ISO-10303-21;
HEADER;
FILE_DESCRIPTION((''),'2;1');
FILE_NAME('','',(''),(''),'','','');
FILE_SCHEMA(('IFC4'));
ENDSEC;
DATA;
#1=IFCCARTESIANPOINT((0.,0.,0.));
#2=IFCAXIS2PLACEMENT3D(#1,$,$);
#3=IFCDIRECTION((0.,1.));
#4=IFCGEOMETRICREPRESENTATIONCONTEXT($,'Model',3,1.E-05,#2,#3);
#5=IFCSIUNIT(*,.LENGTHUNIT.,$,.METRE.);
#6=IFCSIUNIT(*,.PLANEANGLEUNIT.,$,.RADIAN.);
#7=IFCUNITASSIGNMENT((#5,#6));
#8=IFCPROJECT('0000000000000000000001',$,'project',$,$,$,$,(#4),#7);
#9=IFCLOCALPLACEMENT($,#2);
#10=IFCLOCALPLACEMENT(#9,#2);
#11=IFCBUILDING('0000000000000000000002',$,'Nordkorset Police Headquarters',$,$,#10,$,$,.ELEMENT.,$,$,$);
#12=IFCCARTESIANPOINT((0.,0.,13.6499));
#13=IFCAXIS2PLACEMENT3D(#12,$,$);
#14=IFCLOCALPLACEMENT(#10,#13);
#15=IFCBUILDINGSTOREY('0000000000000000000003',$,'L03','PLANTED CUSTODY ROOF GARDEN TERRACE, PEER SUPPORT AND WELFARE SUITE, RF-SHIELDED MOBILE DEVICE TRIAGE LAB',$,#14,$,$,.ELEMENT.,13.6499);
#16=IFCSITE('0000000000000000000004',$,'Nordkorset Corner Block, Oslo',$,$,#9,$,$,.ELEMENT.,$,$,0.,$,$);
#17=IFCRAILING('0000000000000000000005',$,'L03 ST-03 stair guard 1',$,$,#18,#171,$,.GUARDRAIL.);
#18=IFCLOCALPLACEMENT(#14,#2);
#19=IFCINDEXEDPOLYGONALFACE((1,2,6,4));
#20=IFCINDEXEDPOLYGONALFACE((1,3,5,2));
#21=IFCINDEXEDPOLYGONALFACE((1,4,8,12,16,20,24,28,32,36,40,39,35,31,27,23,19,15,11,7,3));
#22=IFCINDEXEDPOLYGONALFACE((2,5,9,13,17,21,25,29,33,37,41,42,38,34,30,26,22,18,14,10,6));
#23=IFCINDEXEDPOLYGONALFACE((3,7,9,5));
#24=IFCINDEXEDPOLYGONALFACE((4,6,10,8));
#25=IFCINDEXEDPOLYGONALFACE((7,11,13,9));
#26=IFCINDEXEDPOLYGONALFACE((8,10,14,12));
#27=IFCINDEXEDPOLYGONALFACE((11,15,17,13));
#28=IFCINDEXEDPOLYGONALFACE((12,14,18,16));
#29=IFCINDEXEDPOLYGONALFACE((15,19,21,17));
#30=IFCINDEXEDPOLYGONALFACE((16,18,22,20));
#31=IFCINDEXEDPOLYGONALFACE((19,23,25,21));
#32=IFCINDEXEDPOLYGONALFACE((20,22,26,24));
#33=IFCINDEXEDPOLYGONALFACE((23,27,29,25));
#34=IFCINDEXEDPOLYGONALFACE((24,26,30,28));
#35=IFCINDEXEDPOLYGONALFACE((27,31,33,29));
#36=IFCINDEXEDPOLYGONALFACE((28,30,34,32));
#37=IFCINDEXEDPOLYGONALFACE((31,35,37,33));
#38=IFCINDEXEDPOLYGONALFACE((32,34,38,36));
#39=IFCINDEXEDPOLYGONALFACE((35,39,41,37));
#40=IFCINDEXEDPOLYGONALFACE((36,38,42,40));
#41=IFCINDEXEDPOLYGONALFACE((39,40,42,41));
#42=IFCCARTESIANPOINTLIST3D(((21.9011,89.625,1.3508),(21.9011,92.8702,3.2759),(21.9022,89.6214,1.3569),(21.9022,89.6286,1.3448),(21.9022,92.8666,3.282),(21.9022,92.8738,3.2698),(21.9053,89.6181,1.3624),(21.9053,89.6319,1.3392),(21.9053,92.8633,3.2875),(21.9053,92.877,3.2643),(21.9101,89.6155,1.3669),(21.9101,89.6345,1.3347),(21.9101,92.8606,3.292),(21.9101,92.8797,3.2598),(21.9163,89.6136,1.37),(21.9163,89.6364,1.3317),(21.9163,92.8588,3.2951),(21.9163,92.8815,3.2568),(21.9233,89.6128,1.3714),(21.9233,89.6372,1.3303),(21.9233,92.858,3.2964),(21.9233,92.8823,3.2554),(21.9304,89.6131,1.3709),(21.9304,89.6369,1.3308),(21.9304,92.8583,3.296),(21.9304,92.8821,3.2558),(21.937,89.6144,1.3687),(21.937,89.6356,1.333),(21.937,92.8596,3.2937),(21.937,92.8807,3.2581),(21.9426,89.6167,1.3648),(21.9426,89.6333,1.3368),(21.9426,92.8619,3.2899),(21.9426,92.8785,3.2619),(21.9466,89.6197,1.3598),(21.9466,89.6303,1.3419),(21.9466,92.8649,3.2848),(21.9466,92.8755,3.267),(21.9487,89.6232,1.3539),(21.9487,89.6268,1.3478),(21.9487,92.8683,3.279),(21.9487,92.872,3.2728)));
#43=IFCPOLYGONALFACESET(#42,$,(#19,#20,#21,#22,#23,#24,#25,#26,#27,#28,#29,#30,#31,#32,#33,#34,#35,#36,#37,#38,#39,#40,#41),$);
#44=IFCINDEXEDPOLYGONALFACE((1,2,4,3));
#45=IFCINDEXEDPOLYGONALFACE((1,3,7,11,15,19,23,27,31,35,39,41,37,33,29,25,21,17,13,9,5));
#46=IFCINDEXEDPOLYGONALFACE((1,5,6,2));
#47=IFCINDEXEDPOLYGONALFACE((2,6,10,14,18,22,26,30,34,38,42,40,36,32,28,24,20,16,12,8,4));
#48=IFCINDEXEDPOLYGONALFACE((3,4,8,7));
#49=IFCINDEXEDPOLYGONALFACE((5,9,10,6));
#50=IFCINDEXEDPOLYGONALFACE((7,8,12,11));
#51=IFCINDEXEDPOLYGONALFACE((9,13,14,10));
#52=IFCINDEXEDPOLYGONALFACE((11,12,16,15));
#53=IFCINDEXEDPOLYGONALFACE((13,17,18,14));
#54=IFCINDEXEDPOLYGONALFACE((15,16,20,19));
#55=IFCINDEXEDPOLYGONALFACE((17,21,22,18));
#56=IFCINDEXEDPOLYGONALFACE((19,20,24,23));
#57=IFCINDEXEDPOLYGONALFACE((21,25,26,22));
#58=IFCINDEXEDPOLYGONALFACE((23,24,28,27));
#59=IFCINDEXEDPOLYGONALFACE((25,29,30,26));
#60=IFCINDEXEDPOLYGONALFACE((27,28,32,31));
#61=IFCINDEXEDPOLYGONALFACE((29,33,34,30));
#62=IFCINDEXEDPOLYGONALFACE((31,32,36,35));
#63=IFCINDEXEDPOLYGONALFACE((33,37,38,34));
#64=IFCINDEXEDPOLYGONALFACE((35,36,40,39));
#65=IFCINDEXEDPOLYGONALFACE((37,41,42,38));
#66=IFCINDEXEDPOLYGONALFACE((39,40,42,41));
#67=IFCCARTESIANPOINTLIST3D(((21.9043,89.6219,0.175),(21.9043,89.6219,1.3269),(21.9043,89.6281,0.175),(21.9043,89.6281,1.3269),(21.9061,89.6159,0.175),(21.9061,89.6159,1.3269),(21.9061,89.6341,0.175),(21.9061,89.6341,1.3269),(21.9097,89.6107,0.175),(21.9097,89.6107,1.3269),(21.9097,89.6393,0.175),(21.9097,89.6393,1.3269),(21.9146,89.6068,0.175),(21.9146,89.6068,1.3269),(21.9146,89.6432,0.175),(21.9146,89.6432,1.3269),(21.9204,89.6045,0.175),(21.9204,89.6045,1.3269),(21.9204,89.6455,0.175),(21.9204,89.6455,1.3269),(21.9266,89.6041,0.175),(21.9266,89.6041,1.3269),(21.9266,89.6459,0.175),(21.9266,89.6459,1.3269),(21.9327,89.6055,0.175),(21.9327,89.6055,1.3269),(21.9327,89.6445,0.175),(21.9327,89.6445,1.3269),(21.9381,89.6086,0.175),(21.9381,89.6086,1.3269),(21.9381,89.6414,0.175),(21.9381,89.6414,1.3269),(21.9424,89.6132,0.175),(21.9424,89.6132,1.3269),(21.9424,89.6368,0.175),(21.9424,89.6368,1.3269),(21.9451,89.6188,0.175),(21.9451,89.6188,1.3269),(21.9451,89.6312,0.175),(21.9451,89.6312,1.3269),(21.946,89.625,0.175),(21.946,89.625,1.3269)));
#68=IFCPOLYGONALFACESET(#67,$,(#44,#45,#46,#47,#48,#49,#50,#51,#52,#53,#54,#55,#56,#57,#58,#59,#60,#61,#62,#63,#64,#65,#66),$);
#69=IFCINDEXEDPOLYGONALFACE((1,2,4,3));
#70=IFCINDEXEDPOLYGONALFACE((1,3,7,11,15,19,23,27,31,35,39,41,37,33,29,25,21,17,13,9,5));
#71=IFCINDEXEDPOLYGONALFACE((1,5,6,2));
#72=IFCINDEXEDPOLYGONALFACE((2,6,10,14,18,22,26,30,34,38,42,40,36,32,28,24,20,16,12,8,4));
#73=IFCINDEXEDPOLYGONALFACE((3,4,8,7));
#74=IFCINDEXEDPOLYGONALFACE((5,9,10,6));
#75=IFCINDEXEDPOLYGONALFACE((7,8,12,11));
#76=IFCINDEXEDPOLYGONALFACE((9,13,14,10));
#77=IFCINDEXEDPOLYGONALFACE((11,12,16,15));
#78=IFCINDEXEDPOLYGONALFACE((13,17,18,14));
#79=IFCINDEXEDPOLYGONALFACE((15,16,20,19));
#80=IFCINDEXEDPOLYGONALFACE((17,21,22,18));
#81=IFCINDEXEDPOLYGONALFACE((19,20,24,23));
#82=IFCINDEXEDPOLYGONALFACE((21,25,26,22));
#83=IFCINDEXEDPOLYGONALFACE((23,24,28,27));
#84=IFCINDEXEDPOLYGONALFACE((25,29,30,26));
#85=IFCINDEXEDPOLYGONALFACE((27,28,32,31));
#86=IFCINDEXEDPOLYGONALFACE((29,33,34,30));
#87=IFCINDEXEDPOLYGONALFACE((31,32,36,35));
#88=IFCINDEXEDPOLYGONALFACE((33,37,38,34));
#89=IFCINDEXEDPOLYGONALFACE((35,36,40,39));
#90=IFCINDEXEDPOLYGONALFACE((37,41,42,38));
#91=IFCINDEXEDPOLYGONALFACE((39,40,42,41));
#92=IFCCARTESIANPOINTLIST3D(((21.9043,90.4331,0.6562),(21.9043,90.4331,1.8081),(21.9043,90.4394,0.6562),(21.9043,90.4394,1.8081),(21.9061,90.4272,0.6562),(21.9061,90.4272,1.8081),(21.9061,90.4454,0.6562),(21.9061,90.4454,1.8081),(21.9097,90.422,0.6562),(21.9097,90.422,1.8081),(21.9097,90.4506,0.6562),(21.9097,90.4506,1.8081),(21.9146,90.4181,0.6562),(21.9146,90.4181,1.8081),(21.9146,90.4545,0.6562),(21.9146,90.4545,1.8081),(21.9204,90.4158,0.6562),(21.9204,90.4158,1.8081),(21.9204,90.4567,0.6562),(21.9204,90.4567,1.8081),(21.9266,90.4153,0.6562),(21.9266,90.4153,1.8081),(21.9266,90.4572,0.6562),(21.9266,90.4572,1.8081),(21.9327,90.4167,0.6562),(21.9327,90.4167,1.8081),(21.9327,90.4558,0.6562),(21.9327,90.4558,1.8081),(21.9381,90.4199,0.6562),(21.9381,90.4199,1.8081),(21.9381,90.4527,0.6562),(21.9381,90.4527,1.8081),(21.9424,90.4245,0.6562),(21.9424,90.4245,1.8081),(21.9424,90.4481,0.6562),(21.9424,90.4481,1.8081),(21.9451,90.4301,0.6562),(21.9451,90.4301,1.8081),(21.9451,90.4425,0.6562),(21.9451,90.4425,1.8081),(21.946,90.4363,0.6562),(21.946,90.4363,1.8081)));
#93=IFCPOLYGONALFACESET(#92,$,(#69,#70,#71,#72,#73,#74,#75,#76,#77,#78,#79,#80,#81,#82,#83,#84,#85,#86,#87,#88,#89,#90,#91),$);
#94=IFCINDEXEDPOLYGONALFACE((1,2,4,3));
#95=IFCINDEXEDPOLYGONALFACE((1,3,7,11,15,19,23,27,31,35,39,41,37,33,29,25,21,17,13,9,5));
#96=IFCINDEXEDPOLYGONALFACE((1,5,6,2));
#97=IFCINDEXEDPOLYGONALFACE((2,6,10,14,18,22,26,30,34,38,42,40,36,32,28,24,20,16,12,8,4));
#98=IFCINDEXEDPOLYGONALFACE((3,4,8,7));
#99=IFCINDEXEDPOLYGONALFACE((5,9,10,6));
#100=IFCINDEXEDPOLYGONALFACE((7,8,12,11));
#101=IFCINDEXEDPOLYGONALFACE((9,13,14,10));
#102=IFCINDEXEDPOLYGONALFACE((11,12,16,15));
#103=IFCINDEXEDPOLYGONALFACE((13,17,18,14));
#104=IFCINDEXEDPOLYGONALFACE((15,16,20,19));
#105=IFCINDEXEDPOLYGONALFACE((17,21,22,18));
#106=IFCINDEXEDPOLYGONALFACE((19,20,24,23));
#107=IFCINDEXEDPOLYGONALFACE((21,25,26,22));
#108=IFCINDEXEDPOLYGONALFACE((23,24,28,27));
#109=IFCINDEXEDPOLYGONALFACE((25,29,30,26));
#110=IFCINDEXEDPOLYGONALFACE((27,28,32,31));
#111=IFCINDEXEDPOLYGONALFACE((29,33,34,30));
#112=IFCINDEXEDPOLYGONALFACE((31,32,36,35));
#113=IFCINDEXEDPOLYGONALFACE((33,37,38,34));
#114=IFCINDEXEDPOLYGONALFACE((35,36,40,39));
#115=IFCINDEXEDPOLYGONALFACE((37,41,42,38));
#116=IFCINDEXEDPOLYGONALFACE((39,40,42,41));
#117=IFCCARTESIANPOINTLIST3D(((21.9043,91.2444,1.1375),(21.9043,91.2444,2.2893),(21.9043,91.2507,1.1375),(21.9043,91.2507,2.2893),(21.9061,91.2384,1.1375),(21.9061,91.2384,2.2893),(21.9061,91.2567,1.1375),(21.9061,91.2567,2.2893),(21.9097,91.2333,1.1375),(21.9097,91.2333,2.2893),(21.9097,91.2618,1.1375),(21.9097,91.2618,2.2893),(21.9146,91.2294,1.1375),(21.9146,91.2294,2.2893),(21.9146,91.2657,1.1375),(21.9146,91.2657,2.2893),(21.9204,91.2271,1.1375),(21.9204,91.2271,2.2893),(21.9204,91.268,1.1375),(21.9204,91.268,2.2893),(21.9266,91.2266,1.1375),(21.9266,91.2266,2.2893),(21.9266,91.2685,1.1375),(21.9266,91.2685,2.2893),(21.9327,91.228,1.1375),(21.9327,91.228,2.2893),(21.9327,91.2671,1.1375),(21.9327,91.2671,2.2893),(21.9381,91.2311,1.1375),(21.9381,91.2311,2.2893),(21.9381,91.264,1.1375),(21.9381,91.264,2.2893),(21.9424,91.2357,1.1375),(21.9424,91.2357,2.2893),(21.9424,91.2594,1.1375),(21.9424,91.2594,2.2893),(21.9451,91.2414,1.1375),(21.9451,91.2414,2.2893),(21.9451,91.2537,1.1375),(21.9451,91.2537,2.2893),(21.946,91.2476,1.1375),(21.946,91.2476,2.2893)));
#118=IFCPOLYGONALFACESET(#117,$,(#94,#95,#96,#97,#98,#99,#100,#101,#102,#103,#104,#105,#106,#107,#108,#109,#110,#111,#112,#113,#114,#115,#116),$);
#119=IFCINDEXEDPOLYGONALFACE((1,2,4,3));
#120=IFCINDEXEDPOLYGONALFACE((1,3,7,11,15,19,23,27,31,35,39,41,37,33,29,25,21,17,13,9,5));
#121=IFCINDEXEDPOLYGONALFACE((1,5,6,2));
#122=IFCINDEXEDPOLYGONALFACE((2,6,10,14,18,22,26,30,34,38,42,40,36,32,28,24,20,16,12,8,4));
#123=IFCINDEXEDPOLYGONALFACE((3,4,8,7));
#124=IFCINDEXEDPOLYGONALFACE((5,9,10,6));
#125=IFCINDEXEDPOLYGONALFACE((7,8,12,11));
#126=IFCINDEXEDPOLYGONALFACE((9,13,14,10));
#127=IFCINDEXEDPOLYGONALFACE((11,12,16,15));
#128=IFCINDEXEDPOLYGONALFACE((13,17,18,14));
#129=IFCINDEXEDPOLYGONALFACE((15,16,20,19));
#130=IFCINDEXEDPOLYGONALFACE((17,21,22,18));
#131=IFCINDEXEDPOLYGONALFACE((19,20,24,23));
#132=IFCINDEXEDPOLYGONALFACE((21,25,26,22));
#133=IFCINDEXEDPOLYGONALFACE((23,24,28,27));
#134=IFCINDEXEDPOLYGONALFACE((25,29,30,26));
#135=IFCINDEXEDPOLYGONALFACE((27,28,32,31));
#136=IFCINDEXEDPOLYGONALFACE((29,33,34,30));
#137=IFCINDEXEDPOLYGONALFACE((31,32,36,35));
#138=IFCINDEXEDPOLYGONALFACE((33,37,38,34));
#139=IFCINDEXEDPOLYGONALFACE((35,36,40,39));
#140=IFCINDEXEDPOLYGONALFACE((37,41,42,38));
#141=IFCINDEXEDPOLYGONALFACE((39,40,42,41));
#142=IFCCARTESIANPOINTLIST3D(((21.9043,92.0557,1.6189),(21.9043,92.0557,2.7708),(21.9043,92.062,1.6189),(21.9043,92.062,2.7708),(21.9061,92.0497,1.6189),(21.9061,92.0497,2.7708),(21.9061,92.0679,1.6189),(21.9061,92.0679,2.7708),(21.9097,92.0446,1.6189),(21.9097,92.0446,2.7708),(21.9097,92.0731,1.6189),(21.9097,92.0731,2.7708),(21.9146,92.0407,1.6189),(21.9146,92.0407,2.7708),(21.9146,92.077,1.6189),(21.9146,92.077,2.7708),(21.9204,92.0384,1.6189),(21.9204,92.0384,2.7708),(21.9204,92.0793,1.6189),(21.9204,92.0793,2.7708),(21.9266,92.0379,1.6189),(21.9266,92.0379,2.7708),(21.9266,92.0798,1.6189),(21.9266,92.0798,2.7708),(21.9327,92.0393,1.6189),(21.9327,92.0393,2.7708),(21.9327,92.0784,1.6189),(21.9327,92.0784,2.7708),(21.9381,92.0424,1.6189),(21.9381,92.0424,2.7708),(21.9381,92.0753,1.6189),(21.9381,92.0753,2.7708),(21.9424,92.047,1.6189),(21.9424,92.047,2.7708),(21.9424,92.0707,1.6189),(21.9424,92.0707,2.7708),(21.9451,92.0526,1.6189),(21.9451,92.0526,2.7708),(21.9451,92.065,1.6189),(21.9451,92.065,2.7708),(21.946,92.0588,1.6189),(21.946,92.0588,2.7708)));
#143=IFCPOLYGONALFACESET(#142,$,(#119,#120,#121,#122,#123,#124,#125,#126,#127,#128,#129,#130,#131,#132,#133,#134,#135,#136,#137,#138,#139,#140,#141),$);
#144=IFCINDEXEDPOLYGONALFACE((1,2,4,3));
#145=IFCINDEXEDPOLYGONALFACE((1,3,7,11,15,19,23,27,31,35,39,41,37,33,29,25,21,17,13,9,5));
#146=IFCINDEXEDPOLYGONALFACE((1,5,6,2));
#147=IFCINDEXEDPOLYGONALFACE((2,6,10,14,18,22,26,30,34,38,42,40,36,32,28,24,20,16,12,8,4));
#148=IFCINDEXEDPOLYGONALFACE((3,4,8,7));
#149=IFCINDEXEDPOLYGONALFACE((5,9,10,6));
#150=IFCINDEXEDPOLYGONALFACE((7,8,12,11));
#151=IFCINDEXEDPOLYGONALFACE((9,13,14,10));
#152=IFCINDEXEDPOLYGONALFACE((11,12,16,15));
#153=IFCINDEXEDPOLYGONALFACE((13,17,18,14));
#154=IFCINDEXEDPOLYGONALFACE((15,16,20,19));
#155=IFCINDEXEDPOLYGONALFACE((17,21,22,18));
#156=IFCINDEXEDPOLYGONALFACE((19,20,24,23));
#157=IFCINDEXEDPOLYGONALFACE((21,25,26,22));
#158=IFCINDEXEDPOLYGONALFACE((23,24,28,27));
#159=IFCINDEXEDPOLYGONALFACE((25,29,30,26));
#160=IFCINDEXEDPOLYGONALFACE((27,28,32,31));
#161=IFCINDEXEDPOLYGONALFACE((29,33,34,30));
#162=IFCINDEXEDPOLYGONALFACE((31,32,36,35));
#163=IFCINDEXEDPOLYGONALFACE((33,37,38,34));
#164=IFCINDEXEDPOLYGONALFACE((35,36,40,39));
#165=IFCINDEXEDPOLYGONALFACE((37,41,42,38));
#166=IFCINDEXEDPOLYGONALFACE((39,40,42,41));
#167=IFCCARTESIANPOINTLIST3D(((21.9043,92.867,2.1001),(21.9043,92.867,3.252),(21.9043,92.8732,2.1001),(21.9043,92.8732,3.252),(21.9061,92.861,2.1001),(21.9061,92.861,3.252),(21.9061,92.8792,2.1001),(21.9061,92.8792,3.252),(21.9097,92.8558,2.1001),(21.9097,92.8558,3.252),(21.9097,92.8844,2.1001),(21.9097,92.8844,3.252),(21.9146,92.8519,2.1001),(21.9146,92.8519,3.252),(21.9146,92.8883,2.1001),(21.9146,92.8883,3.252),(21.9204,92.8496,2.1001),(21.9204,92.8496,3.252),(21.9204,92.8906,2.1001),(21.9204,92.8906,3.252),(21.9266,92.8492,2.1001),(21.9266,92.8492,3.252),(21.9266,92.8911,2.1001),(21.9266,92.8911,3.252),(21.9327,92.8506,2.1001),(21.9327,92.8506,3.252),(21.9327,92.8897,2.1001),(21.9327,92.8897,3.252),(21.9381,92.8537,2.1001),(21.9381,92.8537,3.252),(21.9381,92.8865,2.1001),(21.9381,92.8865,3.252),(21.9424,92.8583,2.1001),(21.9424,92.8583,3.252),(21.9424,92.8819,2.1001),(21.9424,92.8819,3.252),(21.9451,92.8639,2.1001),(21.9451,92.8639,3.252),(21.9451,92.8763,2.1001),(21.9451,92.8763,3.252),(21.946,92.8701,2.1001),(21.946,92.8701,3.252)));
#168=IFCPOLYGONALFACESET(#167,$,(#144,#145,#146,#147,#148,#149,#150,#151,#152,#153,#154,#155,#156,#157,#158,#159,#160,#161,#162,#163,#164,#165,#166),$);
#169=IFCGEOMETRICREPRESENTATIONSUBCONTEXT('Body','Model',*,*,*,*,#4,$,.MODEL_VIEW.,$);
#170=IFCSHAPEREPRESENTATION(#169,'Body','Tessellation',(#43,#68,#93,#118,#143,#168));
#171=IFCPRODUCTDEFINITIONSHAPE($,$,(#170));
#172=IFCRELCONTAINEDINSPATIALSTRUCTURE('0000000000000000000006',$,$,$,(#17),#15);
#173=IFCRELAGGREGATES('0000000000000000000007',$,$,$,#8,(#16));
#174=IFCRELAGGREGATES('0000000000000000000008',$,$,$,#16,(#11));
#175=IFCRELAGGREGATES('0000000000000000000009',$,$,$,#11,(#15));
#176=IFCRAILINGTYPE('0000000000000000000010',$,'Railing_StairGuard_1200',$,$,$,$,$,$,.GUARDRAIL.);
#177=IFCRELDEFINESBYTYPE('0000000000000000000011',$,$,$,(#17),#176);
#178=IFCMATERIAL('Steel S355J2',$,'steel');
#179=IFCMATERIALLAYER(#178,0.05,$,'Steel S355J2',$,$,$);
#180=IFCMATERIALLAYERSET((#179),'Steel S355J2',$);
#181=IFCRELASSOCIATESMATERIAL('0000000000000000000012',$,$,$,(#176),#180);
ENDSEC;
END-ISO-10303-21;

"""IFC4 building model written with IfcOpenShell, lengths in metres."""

from ifc_helpers import new_model, si_unit, direction, frame, origin, origin_2d, place, context, subcontext, project, spatial, circle, extrude, material, layer, layer_set, type_object, element, save


model = new_model("IFC4")

# Units and contexts
model_context = context("Model", 3, precision=1e-05, world=origin(), true_north=direction((0.0, 1.0)))
body_context = subcontext(model_context, "Body", "Model", "MODEL_VIEW")
ifc_project = project(units=[si_unit("LENGTHUNIT", "METRE"), si_unit("PLANEANGLEUNIT", "RADIAN")], contexts=[model_context])

# Site, building, storey
site_placement = place(None, origin())
site = spatial("IfcSite", under=ifc_project, at=site_placement, Name="Nordkorset Corner Block, Oslo", CompositionType="ELEMENT", RefElevation=0.0)
building_placement = place(site_placement, origin())
building = spatial("IfcBuilding", under=site, at=building_placement, Name="Nordkorset Police Headquarters", CompositionType="ELEMENT")
storey_placement = place(building_placement, frame((0.0, 0.0, 13.6499)))
storey = spatial("IfcBuildingStorey", under=building, at=storey_placement, Name="L03", Description="PLANTED CUSTODY ROOF GARDEN TERRACE, PEER SUPPORT AND WELFARE SUITE, RF-SHIELDED MOBILE DEVICE TRIAGE LAB", CompositionType="ELEMENT", Elevation=13.6499)

# Railing
ifc_material_1 = material(Name="Steel S355J2", Category="steel")
ifc_layer_1 = layer(ifc_material_1, 0.05, Name="Steel S355J2")
ifc_layer_set_1 = layer_set([ifc_layer_1], Name="Steel S355J2")
railing_type_1 = type_object("IfcRailingType", Name="Railing_StairGuard_1200", PredefinedType="GUARDRAIL", material=ifc_layer_set_1)
railing_1_placement = place(storey_placement, frame((21.925, 89.625, 0.175)))
element("IfcRailing", 1, at=railing_1_placement, inside=storey, type_object=railing_type_1, Name="L03 ST-03 stair guard 1", PredefinedType="GUARDRAIL", context=body_context, shape_type="SweptSolid", body=[
    extrude(circle(Radius=0.0239, at=origin_2d()), frame((0.0, 0.0, 1.1758), z_axis=(0.0, 0.860057, 0.510198), x_axis=(-1.0, 0.0, 0.0)), (0.0, 0.0, 1.0), 3.7732),
    extrude(circle(Radius=0.021, at=origin_2d()), origin(), (0.0, 0.0, 1.0), 1.1519),
    extrude(circle(Radius=0.021, at=origin_2d()), frame((0.0, 0.8113, 0.4812)), (0.0, 0.0, 1.0), 1.1519),
    extrude(circle(Radius=0.021, at=origin_2d()), frame((0.0, 1.6226, 0.9624)), (0.0, 0.0, 1.0), 1.1519),
    extrude(circle(Radius=0.021, at=origin_2d()), frame((0.0, 2.4338, 1.4438)), (0.0, 0.0, 1.0), 1.1519),
    extrude(circle(Radius=0.021, at=origin_2d()), frame((0.0, 3.2451, 1.925)), (0.0, 0.0, 1.0), 1.1519),
])

save(model, "model.ifc")
